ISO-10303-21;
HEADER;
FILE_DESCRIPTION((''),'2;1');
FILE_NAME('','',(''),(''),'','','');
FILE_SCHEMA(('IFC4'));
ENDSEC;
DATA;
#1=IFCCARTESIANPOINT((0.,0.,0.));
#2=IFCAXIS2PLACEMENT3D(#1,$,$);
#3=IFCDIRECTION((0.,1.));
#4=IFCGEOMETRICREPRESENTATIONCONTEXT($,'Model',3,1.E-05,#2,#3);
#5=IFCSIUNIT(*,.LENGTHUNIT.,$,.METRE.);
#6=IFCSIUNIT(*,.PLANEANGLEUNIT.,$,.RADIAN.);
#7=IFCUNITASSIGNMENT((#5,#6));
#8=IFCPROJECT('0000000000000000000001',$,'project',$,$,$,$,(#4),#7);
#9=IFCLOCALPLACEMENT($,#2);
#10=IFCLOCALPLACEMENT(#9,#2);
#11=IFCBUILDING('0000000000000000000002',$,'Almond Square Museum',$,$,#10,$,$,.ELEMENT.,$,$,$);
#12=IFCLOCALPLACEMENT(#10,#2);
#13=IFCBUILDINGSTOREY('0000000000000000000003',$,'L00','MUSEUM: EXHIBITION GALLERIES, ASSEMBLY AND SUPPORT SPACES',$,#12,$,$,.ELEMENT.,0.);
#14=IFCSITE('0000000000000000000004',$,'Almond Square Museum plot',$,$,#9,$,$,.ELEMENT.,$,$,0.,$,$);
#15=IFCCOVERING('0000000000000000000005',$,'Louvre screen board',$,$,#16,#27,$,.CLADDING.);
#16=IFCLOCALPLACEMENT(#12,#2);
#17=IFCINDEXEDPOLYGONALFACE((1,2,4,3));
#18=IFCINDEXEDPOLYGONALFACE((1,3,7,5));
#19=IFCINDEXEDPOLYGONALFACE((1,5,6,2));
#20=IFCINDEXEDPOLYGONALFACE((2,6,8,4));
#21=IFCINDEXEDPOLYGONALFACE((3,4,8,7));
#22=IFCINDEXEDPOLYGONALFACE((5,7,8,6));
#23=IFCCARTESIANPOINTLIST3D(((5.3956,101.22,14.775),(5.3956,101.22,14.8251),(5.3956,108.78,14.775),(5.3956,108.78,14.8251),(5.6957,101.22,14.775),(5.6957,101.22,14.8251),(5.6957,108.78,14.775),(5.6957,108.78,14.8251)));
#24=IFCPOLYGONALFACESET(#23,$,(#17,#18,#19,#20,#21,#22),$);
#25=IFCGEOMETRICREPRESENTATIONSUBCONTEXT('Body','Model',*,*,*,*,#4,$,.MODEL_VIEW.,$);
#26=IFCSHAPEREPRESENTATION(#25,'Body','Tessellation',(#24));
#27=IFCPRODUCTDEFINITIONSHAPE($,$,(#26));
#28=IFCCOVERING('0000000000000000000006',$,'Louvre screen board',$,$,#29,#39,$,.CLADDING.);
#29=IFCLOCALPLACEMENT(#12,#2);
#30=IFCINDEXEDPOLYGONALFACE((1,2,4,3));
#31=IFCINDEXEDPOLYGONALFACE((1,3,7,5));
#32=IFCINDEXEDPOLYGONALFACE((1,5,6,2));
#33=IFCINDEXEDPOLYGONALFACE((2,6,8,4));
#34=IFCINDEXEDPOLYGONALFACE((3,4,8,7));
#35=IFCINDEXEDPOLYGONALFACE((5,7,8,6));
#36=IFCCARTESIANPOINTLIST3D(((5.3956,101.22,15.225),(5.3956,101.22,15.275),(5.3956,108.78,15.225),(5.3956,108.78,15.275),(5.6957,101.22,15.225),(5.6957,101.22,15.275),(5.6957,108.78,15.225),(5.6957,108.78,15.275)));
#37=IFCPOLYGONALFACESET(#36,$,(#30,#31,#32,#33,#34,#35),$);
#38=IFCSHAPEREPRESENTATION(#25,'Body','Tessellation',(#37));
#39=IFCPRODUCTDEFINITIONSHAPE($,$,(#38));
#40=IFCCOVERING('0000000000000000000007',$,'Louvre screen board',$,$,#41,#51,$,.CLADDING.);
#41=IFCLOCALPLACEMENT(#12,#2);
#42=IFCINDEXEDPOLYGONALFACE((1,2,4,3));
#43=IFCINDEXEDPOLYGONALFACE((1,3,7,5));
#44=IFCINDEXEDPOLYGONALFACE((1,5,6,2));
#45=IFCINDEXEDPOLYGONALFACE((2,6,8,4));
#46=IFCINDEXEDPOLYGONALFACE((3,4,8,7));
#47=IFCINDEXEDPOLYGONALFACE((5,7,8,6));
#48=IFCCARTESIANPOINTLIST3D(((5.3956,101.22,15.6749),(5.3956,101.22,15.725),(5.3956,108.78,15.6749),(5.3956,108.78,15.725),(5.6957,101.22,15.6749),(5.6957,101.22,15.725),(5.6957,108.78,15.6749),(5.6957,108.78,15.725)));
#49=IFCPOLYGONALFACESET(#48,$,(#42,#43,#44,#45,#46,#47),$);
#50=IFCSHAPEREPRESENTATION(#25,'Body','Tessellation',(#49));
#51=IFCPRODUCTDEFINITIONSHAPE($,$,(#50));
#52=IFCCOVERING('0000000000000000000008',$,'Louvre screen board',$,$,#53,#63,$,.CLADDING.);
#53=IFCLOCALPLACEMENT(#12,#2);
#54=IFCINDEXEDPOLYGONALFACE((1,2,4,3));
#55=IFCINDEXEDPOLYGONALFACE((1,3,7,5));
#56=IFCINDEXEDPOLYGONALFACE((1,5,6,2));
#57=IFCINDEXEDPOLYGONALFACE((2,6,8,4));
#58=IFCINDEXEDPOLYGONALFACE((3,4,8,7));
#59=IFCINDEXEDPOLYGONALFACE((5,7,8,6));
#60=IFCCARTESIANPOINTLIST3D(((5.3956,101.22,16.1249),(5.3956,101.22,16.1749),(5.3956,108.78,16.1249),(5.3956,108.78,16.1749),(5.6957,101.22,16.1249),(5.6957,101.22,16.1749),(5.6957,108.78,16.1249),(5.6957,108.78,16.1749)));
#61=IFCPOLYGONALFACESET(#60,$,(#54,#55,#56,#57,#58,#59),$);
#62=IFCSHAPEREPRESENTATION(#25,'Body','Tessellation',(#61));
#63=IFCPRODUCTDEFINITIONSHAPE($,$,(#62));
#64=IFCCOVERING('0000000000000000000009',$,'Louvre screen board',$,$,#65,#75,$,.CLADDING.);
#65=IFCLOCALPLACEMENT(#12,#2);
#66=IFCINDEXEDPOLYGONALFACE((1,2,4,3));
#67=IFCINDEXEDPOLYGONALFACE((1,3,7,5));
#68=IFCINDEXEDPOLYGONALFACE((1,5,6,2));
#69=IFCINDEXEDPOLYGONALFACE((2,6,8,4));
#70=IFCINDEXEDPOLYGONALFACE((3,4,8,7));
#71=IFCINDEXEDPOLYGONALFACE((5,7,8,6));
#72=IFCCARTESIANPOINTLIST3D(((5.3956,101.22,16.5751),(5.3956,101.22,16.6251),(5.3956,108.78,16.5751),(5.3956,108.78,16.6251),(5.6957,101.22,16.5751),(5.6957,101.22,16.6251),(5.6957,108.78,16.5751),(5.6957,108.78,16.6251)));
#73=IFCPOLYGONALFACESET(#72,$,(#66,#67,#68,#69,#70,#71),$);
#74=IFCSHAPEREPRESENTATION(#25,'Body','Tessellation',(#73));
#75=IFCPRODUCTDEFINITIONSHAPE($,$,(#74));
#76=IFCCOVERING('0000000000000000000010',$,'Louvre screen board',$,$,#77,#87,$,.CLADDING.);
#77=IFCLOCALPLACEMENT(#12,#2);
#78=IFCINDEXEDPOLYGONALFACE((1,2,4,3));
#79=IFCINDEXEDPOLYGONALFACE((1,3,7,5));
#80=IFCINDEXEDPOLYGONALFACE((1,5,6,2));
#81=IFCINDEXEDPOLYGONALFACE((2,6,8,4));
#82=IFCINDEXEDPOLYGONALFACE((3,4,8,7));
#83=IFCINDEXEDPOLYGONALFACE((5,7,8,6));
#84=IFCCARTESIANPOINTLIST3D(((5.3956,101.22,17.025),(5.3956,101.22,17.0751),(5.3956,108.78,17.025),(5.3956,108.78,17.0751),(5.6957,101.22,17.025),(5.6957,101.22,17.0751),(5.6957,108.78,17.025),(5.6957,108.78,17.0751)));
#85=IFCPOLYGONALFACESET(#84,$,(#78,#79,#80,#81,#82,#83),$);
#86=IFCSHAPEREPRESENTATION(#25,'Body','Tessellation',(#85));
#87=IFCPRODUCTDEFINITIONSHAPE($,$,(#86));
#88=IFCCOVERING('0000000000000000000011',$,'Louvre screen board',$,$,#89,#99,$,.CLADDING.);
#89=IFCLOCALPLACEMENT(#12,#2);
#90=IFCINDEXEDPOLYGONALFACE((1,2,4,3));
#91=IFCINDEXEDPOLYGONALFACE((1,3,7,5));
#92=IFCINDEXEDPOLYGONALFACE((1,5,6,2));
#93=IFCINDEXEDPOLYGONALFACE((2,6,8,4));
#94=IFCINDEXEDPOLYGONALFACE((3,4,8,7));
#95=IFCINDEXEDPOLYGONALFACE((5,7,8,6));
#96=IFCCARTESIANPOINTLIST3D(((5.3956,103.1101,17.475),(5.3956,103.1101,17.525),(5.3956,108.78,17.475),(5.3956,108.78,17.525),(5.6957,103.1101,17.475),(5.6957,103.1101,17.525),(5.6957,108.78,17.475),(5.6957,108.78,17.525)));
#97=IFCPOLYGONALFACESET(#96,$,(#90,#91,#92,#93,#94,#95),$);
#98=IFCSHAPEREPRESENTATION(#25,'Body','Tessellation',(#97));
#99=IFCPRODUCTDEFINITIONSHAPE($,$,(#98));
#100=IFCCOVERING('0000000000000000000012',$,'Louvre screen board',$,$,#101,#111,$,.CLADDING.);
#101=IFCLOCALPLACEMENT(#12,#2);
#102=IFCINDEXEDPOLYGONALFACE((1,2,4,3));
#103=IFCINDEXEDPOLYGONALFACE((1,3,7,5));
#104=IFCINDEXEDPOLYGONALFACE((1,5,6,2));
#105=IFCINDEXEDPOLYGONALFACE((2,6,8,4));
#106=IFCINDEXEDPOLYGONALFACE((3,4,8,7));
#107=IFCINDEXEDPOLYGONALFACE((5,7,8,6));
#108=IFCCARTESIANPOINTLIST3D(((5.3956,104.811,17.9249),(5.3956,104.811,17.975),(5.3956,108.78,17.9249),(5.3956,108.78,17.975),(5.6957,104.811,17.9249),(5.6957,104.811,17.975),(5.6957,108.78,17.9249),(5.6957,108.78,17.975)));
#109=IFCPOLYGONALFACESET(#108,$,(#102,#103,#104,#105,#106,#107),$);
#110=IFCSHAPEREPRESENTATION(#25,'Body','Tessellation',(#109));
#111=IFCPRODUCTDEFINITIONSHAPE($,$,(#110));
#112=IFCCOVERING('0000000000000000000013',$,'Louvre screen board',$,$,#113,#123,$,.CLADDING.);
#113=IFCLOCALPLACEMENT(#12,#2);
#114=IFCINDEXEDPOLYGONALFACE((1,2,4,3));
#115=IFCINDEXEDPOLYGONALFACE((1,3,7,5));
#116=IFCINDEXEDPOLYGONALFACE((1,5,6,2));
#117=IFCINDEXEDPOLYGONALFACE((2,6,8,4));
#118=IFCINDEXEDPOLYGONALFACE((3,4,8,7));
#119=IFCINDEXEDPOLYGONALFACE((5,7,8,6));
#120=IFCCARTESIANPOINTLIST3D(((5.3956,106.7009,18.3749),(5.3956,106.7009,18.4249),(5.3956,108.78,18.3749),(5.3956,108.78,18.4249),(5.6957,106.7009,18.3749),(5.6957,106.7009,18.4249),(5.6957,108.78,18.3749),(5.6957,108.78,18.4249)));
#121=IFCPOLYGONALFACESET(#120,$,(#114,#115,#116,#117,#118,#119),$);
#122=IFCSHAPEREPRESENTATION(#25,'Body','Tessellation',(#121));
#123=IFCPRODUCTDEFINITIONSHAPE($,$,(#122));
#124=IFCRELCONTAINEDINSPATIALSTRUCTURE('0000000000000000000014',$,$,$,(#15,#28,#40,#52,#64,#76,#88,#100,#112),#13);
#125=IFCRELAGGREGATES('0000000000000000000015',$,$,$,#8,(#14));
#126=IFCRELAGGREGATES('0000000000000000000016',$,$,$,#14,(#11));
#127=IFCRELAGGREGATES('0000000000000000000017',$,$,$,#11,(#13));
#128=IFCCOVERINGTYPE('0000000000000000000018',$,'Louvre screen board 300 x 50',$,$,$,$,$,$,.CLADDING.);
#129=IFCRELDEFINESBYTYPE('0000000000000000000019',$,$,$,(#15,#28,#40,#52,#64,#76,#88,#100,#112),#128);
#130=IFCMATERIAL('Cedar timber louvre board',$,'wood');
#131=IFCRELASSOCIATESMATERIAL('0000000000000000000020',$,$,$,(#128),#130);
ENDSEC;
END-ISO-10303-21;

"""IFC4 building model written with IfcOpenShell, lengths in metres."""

from ifc_helpers import new_model, si_unit, direction, frame, origin, origin_2d, place, context, subcontext, project, spatial, rectangle, extrude, material, material_profile, profile_set, type_object, element, save


model = new_model("IFC4")

# Units and contexts
model_context = context("Model", 3, precision=1e-05, world=origin(), true_north=direction((0.0, 1.0)))
body_context = subcontext(model_context, "Body", "Model", "MODEL_VIEW")
ifc_project = project(units=[si_unit("LENGTHUNIT", "METRE"), si_unit("PLANEANGLEUNIT", "RADIAN")], contexts=[model_context])

# Site, building, storey
site_placement = place(None, origin())
site = spatial("IfcSite", under=ifc_project, at=site_placement, Name="Almond Square Museum plot", CompositionType="ELEMENT", RefElevation=0.0)
building_placement = place(site_placement, origin())
building = spatial("IfcBuilding", under=site, at=building_placement, Name="Almond Square Museum", CompositionType="ELEMENT")
storey_placement = place(building_placement, origin())
storey = spatial("IfcBuildingStorey", under=building, at=storey_placement, Name="L00", Description="MUSEUM: EXHIBITION GALLERIES, ASSEMBLY AND SUPPORT SPACES", CompositionType="ELEMENT", Elevation=0.0)

# Coverings
ifc_material = material(Name="Cedar timber louvre board", Category="wood")
ifc_material_profile = material_profile(ifc_material, rectangle(XDim=0.3, YDim=0.05, at=origin_2d()))
ifc_profile_set = profile_set([ifc_material_profile], Name="Cedar timber louvre board")
covering_type = type_object("IfcCoveringType", Name="Louvre screen board 300 x 50", PredefinedType="CLADDING", material=ifc_profile_set)
for number, where, z_axis, x_axis, name in (
    (1, (5.5457, 101.22, 14.8), (0.0, 1.0, 0.0), (-1.0, 0.0, 0.0), "Louvre screen board"),
    (2, (5.5457, 101.22, 15.25), (0.0, 1.0, 0.0), (-1.0, 0.0, 0.0), "Louvre screen board"),
    (3, (5.5457, 101.22, 15.7), (0.0, 1.0, 0.0), (-1.0, 0.0, 0.0), "Louvre screen board"),
    (4, (5.5457, 101.22, 16.1499), (0.0, 1.0, 0.0), (-1.0, 0.0, 0.0), "Louvre screen board"),
    (5, (5.5457, 101.22, 16.6001), (0.0, 1.0, 0.0), (-1.0, 0.0, 0.0), "Louvre screen board"),
    (6, (5.5457, 101.22, 17.05), (0.0, 1.0, 0.0), (-1.0, 0.0, 0.0), "Louvre screen board"),
):
    element("IfcCovering", number, at=place(storey_placement, frame(where, z_axis=z_axis, x_axis=x_axis)), inside=storey, type_object=covering_type, Name=name, PredefinedType="CLADDING", context=body_context, shape_type="SweptSolid", body=[
        extrude(rectangle(XDim=0.3, YDim=0.05, at=origin_2d()), origin(), (0.0, 0.0, 1.0), 7.5601),
    ])
covering_1_placement = place(storey_placement, frame((5.5457, 103.1101, 17.5), z_axis=(0.0, 1.0, 0.0), x_axis=(-1.0, 0.0, 0.0)))
element("IfcCovering", 7, at=covering_1_placement, inside=storey, type_object=covering_type, Name="Louvre screen board", PredefinedType="CLADDING", context=body_context, shape_type="SweptSolid", body=[
    extrude(rectangle(XDim=0.3, YDim=0.05, at=origin_2d()), origin(), (0.0, 0.0, 1.0), 5.6699),
])
covering_2_placement = place(storey_placement, frame((5.5457, 104.811, 17.95), z_axis=(0.0, 1.0, 0.0), x_axis=(-1.0, 0.0, 0.0)))
element("IfcCovering", 8, at=covering_2_placement, inside=storey, type_object=covering_type, Name="Louvre screen board", PredefinedType="CLADDING", context=body_context, shape_type="SweptSolid", body=[
    extrude(rectangle(XDim=0.3, YDim=0.05, at=origin_2d()), origin(), (0.0, 0.0, 1.0), 3.969),
])
covering_3_placement = place(storey_placement, frame((5.5457, 106.7009, 18.3999), z_axis=(0.0, 1.0, 0.0), x_axis=(-1.0, 0.0, 0.0)))
element("IfcCovering", 9, at=covering_3_placement, inside=storey, type_object=covering_type, Name="Louvre screen board", PredefinedType="CLADDING", context=body_context, shape_type="SweptSolid", body=[
    extrude(rectangle(XDim=0.3, YDim=0.05, at=origin_2d()), origin(), (0.0, 0.0, 1.0), 2.0791),
])

save(model, "model.ifc")
